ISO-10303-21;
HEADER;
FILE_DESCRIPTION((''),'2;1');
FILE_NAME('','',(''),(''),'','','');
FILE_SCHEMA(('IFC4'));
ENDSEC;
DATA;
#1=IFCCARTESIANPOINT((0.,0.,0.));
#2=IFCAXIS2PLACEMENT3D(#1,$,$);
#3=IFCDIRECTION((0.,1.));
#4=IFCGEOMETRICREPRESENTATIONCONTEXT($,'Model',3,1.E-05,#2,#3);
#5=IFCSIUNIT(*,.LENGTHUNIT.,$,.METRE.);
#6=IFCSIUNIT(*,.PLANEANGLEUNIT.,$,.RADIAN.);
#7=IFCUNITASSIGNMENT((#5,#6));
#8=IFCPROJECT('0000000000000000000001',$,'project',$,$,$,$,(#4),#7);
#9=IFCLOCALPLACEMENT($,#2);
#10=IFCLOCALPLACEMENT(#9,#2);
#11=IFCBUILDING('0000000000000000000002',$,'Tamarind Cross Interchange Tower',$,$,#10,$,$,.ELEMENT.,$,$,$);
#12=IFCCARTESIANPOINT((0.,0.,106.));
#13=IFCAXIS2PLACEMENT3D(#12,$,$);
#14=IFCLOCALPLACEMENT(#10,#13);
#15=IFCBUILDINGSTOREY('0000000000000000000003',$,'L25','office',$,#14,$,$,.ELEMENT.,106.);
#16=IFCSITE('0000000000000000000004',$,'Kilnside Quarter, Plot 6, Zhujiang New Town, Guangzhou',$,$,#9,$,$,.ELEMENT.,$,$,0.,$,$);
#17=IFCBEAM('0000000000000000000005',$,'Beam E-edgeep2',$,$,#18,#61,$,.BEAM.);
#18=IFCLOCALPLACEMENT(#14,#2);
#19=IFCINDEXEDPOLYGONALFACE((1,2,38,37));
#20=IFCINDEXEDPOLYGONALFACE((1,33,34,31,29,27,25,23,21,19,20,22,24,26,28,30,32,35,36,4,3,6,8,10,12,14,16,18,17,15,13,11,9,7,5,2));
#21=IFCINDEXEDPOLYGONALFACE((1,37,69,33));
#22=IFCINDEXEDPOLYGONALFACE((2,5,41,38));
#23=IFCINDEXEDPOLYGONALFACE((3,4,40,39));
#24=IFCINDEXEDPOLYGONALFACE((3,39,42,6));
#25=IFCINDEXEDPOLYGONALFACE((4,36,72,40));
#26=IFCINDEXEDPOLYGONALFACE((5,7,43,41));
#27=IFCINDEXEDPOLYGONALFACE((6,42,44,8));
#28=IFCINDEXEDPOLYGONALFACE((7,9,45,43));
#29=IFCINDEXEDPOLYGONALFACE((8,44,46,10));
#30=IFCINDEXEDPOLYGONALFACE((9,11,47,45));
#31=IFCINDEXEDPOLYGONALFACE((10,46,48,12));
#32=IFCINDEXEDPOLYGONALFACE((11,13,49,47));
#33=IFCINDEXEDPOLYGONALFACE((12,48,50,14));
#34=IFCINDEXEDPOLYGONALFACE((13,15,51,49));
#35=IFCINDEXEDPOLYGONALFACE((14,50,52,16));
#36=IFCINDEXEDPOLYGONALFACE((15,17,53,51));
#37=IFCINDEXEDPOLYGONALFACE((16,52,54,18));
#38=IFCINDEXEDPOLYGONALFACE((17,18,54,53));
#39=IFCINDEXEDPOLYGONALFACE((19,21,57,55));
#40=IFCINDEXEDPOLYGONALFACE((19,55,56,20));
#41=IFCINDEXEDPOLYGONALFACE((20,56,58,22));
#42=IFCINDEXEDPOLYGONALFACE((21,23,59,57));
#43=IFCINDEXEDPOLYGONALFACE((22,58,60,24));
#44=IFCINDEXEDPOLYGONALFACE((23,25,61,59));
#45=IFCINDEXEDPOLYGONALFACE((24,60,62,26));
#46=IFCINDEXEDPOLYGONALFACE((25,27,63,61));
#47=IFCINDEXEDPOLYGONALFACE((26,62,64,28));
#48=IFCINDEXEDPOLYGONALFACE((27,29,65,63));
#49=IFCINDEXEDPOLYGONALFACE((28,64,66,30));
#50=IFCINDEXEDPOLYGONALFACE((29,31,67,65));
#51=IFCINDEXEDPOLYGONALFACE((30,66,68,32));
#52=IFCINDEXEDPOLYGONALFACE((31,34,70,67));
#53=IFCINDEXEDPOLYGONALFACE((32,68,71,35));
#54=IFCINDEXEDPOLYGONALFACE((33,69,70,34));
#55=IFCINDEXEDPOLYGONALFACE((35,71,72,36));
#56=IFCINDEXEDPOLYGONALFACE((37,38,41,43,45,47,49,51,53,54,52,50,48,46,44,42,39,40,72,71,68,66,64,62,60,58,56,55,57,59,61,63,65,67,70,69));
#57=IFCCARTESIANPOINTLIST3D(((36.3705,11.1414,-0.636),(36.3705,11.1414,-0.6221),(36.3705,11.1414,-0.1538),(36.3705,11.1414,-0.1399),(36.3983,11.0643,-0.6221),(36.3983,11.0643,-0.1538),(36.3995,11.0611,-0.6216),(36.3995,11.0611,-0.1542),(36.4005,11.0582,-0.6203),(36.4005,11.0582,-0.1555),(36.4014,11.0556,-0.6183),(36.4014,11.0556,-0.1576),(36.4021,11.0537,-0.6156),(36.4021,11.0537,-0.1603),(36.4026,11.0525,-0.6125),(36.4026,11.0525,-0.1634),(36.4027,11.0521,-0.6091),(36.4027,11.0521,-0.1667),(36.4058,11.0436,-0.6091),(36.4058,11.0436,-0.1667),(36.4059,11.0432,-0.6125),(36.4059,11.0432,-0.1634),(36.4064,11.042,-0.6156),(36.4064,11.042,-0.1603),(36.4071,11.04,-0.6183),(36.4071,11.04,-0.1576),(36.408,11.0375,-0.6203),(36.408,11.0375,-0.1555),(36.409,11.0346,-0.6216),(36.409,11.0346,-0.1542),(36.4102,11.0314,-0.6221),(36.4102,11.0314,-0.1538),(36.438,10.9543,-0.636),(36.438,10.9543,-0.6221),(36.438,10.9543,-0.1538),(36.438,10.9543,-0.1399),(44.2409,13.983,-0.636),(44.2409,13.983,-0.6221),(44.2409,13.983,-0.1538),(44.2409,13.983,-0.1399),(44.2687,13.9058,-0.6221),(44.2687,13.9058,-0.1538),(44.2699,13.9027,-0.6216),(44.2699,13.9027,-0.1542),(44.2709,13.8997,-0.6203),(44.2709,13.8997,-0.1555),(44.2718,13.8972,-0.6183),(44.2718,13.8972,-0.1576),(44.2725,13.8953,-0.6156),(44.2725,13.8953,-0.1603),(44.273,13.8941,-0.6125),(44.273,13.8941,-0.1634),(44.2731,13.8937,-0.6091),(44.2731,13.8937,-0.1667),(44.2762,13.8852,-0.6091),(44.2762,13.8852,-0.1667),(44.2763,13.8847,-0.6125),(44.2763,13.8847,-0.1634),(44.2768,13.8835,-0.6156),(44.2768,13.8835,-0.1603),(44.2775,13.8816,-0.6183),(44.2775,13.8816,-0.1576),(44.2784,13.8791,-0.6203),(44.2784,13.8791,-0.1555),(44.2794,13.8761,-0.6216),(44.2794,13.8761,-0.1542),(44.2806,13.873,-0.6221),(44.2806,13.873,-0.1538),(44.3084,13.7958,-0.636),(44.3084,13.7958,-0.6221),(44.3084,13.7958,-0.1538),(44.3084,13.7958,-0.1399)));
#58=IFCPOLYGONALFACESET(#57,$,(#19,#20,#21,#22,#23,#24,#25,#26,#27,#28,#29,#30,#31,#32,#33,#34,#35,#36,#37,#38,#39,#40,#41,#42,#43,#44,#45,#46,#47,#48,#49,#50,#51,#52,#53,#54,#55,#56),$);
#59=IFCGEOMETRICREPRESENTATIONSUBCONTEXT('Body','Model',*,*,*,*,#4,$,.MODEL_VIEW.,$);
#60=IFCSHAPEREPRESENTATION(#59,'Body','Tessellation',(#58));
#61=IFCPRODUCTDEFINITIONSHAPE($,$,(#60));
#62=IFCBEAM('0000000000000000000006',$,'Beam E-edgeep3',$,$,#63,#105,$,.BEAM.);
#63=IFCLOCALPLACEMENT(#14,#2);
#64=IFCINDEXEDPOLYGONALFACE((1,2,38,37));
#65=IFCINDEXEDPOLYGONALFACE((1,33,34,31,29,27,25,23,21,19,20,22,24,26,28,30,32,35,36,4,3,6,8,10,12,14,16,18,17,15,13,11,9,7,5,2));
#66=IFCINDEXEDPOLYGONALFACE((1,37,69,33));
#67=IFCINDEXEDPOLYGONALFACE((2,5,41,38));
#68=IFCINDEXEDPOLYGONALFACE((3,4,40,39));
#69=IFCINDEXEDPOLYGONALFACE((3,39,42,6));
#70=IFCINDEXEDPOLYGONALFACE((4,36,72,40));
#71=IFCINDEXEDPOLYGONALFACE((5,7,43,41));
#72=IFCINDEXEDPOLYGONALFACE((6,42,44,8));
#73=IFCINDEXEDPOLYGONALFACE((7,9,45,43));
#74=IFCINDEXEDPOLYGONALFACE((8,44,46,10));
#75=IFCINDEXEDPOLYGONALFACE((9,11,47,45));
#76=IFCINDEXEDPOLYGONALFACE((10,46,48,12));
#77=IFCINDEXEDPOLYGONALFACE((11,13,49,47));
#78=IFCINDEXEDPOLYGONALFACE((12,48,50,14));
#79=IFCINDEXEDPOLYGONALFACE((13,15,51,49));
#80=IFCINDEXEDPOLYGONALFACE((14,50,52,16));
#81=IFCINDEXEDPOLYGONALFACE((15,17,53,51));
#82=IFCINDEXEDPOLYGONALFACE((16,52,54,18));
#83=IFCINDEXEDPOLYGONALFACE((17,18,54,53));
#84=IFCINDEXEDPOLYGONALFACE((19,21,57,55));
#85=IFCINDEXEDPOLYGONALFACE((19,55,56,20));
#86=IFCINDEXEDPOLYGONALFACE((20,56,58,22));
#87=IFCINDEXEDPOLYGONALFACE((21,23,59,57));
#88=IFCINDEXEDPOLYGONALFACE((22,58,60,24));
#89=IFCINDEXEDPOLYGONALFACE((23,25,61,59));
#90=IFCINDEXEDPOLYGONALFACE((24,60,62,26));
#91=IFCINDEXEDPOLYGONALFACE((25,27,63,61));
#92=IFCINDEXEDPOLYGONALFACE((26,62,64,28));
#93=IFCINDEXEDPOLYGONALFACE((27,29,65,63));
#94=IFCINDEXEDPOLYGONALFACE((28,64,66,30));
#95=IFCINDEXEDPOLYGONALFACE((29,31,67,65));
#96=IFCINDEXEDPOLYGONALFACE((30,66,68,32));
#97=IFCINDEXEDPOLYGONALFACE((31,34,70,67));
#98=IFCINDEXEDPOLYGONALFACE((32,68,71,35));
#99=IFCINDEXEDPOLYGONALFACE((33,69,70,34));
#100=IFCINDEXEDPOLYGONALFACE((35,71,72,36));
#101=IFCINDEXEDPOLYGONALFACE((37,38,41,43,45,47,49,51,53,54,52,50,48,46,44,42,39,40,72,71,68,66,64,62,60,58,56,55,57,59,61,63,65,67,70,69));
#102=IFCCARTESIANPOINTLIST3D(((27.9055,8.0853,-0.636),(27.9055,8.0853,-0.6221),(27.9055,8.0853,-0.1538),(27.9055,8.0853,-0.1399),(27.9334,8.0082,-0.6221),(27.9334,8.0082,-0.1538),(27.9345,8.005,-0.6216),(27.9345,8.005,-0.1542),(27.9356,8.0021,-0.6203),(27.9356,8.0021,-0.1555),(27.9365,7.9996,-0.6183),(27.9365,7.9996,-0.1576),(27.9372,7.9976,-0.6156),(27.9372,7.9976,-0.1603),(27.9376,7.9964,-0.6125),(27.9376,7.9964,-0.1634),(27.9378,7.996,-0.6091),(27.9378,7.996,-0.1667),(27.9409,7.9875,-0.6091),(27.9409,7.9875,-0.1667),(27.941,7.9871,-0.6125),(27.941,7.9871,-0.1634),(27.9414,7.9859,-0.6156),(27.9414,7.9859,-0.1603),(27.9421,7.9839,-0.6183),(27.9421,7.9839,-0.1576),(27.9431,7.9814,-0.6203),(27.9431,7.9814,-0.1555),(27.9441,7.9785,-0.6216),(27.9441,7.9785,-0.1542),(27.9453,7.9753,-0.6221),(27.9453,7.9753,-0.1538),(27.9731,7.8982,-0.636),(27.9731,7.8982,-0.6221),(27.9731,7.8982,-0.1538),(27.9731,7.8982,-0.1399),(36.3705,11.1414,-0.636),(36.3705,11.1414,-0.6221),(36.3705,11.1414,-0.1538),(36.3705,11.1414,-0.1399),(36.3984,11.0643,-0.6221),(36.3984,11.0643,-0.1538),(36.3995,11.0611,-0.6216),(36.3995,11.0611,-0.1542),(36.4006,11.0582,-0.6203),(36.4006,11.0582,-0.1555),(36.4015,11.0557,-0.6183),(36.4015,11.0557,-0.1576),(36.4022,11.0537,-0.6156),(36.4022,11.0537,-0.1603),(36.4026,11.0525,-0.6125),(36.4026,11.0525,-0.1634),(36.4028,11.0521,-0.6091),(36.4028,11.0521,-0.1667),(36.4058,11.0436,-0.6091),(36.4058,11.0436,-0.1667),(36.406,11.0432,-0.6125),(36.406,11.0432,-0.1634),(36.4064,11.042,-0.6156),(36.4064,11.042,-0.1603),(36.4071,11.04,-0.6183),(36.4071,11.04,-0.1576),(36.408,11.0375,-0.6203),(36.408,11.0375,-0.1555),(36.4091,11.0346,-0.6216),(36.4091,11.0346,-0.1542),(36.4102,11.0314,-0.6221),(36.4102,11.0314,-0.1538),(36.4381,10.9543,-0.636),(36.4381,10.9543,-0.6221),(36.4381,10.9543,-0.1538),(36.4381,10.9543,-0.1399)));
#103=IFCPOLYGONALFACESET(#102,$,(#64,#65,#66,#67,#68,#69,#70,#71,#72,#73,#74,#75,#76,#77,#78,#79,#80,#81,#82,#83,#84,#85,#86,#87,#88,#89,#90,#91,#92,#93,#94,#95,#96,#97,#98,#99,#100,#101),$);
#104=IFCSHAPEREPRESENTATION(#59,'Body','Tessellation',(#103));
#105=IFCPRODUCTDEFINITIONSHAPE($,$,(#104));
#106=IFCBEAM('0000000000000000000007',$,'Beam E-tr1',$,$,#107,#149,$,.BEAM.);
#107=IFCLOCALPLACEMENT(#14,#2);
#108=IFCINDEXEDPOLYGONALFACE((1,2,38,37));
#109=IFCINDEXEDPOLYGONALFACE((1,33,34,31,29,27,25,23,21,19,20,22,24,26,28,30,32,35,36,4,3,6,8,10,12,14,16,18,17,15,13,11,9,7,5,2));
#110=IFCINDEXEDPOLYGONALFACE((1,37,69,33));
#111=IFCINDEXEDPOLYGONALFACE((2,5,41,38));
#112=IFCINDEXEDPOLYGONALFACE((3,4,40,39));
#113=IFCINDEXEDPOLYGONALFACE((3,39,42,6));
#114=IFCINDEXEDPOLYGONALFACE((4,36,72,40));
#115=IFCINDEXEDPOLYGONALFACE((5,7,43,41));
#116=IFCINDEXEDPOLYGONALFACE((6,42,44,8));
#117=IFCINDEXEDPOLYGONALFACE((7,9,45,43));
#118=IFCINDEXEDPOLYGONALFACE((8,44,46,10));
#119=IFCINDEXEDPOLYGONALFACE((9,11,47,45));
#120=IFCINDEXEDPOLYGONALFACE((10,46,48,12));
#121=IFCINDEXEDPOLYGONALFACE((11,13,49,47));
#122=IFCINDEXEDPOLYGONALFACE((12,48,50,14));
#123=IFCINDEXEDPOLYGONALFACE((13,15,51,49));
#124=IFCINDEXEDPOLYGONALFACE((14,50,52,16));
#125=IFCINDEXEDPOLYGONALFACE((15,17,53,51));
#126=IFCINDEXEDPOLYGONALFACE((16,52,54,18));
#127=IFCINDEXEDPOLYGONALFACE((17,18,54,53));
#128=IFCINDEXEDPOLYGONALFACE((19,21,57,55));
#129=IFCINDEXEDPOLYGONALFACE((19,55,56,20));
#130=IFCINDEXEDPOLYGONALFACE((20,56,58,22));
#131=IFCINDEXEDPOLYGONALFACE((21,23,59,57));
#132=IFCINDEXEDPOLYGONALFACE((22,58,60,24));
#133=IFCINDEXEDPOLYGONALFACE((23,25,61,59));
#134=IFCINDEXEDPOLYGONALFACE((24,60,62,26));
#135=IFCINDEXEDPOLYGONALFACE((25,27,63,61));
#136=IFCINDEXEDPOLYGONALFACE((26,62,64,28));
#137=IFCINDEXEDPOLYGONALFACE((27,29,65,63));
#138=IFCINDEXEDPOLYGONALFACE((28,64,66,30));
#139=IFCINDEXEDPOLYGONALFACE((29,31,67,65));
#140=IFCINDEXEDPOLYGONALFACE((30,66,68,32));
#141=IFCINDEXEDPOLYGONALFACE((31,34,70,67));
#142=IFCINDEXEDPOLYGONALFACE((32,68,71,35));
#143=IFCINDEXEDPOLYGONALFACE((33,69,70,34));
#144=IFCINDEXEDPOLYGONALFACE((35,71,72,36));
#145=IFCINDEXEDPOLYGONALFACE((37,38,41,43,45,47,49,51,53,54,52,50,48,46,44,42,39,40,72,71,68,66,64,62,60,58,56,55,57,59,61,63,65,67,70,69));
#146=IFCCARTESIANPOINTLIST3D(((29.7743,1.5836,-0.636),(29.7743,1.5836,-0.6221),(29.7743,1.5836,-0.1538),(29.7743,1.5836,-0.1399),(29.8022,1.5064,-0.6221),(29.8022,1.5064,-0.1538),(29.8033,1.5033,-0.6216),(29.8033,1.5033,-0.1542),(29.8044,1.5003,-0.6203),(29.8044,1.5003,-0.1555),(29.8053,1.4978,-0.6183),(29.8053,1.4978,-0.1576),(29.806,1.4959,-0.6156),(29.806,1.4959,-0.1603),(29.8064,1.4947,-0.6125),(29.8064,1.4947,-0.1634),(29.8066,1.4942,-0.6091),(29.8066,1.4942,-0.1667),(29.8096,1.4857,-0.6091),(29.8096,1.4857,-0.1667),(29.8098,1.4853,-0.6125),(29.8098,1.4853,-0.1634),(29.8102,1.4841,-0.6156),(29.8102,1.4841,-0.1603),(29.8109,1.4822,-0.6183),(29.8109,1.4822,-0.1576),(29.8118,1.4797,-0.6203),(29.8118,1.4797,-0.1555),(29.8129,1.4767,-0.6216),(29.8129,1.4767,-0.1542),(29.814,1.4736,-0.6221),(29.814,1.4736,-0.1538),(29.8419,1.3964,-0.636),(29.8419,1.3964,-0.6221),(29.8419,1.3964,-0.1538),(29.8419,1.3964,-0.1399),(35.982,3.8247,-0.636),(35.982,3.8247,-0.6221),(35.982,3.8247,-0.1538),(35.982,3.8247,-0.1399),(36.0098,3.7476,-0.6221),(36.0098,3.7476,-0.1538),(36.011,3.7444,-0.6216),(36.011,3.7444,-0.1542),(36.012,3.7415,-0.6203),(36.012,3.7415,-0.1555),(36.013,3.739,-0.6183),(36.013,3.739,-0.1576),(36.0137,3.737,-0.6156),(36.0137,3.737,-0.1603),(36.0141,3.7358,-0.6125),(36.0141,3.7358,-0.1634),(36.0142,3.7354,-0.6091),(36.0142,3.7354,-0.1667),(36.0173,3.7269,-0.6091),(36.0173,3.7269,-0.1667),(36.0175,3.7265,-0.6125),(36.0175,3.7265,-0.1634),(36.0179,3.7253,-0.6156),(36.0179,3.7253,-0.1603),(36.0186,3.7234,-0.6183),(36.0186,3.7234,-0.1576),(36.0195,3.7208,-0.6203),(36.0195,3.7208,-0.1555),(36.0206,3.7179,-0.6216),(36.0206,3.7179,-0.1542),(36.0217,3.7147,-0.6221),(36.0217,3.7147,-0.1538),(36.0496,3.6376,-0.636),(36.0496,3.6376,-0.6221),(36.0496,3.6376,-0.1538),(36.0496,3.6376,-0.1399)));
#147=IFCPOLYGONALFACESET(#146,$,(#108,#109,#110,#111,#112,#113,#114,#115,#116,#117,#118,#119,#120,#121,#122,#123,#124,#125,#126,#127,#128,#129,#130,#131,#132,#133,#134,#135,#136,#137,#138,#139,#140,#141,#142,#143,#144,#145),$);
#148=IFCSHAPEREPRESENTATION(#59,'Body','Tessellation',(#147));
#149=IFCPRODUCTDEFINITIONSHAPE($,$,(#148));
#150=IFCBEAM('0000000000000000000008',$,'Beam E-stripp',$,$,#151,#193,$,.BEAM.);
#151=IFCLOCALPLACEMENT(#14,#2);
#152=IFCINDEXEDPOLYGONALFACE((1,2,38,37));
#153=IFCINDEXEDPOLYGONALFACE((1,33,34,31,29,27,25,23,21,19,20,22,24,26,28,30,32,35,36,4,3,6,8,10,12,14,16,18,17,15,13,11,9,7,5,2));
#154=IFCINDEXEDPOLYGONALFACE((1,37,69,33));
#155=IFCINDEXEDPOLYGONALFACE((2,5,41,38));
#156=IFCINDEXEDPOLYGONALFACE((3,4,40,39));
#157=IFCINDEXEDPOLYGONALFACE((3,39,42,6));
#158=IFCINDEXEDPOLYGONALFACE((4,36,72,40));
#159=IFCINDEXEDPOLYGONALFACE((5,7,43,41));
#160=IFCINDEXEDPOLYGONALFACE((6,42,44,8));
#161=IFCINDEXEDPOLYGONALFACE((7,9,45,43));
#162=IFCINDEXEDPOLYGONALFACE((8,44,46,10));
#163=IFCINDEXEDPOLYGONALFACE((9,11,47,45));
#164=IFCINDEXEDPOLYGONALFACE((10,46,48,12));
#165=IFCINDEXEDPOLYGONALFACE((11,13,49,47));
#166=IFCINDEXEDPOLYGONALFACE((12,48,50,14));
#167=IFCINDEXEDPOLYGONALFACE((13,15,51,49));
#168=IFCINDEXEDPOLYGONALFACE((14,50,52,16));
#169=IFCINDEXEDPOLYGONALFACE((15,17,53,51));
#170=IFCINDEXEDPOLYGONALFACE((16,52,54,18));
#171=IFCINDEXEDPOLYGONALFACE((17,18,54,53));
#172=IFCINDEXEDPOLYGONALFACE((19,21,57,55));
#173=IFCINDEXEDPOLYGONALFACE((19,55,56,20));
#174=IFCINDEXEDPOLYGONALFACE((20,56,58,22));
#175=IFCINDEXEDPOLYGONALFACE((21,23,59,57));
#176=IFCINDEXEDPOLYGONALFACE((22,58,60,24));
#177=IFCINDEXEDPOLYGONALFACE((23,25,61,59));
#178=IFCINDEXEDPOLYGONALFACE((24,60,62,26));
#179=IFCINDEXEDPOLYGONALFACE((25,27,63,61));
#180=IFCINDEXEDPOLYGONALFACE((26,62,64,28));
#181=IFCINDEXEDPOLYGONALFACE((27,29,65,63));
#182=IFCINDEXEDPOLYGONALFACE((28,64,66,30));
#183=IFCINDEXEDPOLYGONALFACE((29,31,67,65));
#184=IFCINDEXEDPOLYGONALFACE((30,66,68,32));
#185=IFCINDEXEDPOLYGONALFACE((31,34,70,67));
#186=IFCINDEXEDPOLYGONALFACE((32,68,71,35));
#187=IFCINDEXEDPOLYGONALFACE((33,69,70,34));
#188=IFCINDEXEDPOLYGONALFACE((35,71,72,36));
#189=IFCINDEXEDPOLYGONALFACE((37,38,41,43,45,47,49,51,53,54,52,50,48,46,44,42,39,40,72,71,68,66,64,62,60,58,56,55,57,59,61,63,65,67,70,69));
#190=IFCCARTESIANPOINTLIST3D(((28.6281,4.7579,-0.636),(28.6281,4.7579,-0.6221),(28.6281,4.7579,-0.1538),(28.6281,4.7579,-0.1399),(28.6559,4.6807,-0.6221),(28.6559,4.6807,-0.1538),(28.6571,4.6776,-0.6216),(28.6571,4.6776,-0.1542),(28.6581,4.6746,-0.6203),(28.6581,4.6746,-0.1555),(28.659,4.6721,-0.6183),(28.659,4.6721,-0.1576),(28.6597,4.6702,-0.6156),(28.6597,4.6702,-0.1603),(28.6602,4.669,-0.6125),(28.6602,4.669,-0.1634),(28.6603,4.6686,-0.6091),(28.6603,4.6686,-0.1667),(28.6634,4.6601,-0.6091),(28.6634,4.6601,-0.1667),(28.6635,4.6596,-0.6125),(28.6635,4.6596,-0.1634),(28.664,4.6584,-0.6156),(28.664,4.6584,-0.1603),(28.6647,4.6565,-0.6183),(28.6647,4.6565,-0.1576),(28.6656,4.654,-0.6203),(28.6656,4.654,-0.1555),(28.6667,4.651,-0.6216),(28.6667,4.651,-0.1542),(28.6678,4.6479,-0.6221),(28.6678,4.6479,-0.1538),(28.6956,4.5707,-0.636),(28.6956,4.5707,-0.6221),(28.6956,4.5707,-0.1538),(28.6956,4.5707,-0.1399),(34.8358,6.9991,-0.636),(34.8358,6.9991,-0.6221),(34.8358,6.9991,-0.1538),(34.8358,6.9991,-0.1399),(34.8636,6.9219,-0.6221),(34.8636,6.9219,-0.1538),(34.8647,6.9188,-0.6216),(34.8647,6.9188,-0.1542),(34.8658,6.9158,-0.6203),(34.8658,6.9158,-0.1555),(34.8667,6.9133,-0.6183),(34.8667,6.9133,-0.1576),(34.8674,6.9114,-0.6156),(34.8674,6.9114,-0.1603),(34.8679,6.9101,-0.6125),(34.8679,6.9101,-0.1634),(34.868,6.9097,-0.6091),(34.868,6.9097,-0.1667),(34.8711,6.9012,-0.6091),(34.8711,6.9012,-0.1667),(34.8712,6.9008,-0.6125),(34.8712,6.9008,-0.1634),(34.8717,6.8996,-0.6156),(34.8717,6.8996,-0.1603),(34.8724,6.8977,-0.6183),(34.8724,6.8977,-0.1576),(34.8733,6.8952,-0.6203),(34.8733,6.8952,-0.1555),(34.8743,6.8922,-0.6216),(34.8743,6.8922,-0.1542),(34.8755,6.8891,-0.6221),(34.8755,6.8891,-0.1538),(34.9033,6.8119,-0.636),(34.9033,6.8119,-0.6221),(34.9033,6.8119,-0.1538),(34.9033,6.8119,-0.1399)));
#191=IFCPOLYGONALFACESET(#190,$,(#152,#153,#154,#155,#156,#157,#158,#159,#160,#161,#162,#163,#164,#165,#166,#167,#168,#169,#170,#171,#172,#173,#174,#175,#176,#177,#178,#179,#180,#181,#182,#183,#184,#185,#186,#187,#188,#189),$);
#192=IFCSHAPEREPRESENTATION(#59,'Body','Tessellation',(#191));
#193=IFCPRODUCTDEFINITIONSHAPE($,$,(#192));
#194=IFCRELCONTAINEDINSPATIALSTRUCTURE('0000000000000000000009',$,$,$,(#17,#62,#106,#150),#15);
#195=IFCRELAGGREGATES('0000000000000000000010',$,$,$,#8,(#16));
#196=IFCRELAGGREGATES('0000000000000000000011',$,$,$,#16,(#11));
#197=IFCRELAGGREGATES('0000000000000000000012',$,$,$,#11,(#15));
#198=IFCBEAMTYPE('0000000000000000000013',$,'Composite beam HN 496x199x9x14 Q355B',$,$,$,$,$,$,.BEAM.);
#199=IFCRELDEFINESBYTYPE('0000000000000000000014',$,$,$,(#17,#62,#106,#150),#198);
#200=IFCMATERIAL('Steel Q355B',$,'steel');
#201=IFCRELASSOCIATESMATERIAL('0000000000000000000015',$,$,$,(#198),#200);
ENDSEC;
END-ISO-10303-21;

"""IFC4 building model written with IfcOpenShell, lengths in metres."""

from ifc_helpers import new_model, si_unit, direction, frame, origin, origin_2d, place, context, subcontext, project, spatial, i_section, extrude, material, material_profile, profile_set, type_object, element, save


model = new_model("IFC4")

# Units and contexts
model_context = context("Model", 3, precision=1e-05, world=origin(), true_north=direction((0.0, 1.0)))
body_context = subcontext(model_context, "Body", "Model", "MODEL_VIEW")
ifc_project = project(units=[si_unit("LENGTHUNIT", "METRE"), si_unit("PLANEANGLEUNIT", "RADIAN")], contexts=[model_context])

# Site, building, storey
site_placement = place(None, origin())
site = spatial("IfcSite", under=ifc_project, at=site_placement, Name="Kilnside Quarter, Plot 6, Zhujiang New Town, Guangzhou", CompositionType="ELEMENT", RefElevation=0.0)
building_placement = place(site_placement, origin())
building = spatial("IfcBuilding", under=site, at=building_placement, Name="Tamarind Cross Interchange Tower", CompositionType="ELEMENT")
storey_placement = place(building_placement, frame((0.0, 0.0, 106.0)))
storey = spatial("IfcBuildingStorey", under=building, at=storey_placement, Name="L25", Description="office", CompositionType="ELEMENT", Elevation=106.0)

# Beams
ifc_material_1 = material(Name="Steel Q355B", Category="steel")
ifc_material_profile_1 = material_profile(ifc_material_1, i_section(OverallWidth=0.199, OverallDepth=0.4961, WebThickness=0.009, FlangeThickness=0.0139, FilletRadius=0.0129, at=origin_2d()), Name="HN 496x199x9x14")
ifc_profile_set_1 = profile_set([ifc_material_profile_1], Name="Steel Q355B")
beam_type_1 = type_object("IfcBeamType", Name="Composite beam HN 496x199x9x14 Q355B", PredefinedType="BEAM", material=ifc_profile_set_1)
beam_1_placement = place(storey_placement, frame((44.2747, 13.8894, -0.3879), z_axis=(-0.940574, -0.339589, 0.0), x_axis=(0.339589, -0.940574, 0.0)))
element("IfcBeam", 1, at=beam_1_placement, inside=storey, type_object=beam_type_1, Name="Beam E-edgeep2", PredefinedType="BEAM", context=body_context, shape_type="SweptSolid", body=[
    extrude(i_section(OverallWidth=0.199, OverallDepth=0.4961, WebThickness=0.009, FlangeThickness=0.0139, FilletRadius=0.0129, at=origin_2d()), origin(), (0.0, 0.0, 1.0), 8.3677),
])
beam_2_placement = place(storey_placement, frame((36.4043, 11.0479, -0.3879), z_axis=(-0.940578, -0.339577, 0.0), x_axis=(0.339577, -0.940578, 0.0)))
element("IfcBeam", 2, at=beam_2_placement, inside=storey, type_object=beam_type_1, Name="Beam E-edgeep3", PredefinedType="BEAM", context=body_context, shape_type="SweptSolid", body=[
    extrude(i_section(OverallWidth=0.199, OverallDepth=0.4961, WebThickness=0.009, FlangeThickness=0.0139, FilletRadius=0.0129, at=origin_2d()), origin(), (0.0, 0.0, 1.0), 8.9998),
])
for number, where, z_axis, x_axis, name in (
    (3, (29.8081, 1.49, -0.3879), (0.940577, 0.33958, 0.0), (-0.33958, 0.940577, 0.0), "Beam E-tr1"),
    (4, (28.6619, 4.6643, -0.3879), (0.940577, 0.33958, 0.0), (-0.33958, 0.940577, 0.0), "Beam E-stripp"),
):
    element("IfcBeam", number, at=place(storey_placement, frame(where, z_axis=z_axis, x_axis=x_axis)), inside=storey, type_object=beam_type_1, Name=name, PredefinedType="BEAM", context=body_context, shape_type="SweptSolid", body=[
        extrude(i_section(OverallWidth=0.199, OverallDepth=0.4961, WebThickness=0.009, FlangeThickness=0.0139, FilletRadius=0.0129, at=origin_2d()), origin(), (0.0, 0.0, 1.0), 6.5999),
    ])

save(model, "model.ifc")
